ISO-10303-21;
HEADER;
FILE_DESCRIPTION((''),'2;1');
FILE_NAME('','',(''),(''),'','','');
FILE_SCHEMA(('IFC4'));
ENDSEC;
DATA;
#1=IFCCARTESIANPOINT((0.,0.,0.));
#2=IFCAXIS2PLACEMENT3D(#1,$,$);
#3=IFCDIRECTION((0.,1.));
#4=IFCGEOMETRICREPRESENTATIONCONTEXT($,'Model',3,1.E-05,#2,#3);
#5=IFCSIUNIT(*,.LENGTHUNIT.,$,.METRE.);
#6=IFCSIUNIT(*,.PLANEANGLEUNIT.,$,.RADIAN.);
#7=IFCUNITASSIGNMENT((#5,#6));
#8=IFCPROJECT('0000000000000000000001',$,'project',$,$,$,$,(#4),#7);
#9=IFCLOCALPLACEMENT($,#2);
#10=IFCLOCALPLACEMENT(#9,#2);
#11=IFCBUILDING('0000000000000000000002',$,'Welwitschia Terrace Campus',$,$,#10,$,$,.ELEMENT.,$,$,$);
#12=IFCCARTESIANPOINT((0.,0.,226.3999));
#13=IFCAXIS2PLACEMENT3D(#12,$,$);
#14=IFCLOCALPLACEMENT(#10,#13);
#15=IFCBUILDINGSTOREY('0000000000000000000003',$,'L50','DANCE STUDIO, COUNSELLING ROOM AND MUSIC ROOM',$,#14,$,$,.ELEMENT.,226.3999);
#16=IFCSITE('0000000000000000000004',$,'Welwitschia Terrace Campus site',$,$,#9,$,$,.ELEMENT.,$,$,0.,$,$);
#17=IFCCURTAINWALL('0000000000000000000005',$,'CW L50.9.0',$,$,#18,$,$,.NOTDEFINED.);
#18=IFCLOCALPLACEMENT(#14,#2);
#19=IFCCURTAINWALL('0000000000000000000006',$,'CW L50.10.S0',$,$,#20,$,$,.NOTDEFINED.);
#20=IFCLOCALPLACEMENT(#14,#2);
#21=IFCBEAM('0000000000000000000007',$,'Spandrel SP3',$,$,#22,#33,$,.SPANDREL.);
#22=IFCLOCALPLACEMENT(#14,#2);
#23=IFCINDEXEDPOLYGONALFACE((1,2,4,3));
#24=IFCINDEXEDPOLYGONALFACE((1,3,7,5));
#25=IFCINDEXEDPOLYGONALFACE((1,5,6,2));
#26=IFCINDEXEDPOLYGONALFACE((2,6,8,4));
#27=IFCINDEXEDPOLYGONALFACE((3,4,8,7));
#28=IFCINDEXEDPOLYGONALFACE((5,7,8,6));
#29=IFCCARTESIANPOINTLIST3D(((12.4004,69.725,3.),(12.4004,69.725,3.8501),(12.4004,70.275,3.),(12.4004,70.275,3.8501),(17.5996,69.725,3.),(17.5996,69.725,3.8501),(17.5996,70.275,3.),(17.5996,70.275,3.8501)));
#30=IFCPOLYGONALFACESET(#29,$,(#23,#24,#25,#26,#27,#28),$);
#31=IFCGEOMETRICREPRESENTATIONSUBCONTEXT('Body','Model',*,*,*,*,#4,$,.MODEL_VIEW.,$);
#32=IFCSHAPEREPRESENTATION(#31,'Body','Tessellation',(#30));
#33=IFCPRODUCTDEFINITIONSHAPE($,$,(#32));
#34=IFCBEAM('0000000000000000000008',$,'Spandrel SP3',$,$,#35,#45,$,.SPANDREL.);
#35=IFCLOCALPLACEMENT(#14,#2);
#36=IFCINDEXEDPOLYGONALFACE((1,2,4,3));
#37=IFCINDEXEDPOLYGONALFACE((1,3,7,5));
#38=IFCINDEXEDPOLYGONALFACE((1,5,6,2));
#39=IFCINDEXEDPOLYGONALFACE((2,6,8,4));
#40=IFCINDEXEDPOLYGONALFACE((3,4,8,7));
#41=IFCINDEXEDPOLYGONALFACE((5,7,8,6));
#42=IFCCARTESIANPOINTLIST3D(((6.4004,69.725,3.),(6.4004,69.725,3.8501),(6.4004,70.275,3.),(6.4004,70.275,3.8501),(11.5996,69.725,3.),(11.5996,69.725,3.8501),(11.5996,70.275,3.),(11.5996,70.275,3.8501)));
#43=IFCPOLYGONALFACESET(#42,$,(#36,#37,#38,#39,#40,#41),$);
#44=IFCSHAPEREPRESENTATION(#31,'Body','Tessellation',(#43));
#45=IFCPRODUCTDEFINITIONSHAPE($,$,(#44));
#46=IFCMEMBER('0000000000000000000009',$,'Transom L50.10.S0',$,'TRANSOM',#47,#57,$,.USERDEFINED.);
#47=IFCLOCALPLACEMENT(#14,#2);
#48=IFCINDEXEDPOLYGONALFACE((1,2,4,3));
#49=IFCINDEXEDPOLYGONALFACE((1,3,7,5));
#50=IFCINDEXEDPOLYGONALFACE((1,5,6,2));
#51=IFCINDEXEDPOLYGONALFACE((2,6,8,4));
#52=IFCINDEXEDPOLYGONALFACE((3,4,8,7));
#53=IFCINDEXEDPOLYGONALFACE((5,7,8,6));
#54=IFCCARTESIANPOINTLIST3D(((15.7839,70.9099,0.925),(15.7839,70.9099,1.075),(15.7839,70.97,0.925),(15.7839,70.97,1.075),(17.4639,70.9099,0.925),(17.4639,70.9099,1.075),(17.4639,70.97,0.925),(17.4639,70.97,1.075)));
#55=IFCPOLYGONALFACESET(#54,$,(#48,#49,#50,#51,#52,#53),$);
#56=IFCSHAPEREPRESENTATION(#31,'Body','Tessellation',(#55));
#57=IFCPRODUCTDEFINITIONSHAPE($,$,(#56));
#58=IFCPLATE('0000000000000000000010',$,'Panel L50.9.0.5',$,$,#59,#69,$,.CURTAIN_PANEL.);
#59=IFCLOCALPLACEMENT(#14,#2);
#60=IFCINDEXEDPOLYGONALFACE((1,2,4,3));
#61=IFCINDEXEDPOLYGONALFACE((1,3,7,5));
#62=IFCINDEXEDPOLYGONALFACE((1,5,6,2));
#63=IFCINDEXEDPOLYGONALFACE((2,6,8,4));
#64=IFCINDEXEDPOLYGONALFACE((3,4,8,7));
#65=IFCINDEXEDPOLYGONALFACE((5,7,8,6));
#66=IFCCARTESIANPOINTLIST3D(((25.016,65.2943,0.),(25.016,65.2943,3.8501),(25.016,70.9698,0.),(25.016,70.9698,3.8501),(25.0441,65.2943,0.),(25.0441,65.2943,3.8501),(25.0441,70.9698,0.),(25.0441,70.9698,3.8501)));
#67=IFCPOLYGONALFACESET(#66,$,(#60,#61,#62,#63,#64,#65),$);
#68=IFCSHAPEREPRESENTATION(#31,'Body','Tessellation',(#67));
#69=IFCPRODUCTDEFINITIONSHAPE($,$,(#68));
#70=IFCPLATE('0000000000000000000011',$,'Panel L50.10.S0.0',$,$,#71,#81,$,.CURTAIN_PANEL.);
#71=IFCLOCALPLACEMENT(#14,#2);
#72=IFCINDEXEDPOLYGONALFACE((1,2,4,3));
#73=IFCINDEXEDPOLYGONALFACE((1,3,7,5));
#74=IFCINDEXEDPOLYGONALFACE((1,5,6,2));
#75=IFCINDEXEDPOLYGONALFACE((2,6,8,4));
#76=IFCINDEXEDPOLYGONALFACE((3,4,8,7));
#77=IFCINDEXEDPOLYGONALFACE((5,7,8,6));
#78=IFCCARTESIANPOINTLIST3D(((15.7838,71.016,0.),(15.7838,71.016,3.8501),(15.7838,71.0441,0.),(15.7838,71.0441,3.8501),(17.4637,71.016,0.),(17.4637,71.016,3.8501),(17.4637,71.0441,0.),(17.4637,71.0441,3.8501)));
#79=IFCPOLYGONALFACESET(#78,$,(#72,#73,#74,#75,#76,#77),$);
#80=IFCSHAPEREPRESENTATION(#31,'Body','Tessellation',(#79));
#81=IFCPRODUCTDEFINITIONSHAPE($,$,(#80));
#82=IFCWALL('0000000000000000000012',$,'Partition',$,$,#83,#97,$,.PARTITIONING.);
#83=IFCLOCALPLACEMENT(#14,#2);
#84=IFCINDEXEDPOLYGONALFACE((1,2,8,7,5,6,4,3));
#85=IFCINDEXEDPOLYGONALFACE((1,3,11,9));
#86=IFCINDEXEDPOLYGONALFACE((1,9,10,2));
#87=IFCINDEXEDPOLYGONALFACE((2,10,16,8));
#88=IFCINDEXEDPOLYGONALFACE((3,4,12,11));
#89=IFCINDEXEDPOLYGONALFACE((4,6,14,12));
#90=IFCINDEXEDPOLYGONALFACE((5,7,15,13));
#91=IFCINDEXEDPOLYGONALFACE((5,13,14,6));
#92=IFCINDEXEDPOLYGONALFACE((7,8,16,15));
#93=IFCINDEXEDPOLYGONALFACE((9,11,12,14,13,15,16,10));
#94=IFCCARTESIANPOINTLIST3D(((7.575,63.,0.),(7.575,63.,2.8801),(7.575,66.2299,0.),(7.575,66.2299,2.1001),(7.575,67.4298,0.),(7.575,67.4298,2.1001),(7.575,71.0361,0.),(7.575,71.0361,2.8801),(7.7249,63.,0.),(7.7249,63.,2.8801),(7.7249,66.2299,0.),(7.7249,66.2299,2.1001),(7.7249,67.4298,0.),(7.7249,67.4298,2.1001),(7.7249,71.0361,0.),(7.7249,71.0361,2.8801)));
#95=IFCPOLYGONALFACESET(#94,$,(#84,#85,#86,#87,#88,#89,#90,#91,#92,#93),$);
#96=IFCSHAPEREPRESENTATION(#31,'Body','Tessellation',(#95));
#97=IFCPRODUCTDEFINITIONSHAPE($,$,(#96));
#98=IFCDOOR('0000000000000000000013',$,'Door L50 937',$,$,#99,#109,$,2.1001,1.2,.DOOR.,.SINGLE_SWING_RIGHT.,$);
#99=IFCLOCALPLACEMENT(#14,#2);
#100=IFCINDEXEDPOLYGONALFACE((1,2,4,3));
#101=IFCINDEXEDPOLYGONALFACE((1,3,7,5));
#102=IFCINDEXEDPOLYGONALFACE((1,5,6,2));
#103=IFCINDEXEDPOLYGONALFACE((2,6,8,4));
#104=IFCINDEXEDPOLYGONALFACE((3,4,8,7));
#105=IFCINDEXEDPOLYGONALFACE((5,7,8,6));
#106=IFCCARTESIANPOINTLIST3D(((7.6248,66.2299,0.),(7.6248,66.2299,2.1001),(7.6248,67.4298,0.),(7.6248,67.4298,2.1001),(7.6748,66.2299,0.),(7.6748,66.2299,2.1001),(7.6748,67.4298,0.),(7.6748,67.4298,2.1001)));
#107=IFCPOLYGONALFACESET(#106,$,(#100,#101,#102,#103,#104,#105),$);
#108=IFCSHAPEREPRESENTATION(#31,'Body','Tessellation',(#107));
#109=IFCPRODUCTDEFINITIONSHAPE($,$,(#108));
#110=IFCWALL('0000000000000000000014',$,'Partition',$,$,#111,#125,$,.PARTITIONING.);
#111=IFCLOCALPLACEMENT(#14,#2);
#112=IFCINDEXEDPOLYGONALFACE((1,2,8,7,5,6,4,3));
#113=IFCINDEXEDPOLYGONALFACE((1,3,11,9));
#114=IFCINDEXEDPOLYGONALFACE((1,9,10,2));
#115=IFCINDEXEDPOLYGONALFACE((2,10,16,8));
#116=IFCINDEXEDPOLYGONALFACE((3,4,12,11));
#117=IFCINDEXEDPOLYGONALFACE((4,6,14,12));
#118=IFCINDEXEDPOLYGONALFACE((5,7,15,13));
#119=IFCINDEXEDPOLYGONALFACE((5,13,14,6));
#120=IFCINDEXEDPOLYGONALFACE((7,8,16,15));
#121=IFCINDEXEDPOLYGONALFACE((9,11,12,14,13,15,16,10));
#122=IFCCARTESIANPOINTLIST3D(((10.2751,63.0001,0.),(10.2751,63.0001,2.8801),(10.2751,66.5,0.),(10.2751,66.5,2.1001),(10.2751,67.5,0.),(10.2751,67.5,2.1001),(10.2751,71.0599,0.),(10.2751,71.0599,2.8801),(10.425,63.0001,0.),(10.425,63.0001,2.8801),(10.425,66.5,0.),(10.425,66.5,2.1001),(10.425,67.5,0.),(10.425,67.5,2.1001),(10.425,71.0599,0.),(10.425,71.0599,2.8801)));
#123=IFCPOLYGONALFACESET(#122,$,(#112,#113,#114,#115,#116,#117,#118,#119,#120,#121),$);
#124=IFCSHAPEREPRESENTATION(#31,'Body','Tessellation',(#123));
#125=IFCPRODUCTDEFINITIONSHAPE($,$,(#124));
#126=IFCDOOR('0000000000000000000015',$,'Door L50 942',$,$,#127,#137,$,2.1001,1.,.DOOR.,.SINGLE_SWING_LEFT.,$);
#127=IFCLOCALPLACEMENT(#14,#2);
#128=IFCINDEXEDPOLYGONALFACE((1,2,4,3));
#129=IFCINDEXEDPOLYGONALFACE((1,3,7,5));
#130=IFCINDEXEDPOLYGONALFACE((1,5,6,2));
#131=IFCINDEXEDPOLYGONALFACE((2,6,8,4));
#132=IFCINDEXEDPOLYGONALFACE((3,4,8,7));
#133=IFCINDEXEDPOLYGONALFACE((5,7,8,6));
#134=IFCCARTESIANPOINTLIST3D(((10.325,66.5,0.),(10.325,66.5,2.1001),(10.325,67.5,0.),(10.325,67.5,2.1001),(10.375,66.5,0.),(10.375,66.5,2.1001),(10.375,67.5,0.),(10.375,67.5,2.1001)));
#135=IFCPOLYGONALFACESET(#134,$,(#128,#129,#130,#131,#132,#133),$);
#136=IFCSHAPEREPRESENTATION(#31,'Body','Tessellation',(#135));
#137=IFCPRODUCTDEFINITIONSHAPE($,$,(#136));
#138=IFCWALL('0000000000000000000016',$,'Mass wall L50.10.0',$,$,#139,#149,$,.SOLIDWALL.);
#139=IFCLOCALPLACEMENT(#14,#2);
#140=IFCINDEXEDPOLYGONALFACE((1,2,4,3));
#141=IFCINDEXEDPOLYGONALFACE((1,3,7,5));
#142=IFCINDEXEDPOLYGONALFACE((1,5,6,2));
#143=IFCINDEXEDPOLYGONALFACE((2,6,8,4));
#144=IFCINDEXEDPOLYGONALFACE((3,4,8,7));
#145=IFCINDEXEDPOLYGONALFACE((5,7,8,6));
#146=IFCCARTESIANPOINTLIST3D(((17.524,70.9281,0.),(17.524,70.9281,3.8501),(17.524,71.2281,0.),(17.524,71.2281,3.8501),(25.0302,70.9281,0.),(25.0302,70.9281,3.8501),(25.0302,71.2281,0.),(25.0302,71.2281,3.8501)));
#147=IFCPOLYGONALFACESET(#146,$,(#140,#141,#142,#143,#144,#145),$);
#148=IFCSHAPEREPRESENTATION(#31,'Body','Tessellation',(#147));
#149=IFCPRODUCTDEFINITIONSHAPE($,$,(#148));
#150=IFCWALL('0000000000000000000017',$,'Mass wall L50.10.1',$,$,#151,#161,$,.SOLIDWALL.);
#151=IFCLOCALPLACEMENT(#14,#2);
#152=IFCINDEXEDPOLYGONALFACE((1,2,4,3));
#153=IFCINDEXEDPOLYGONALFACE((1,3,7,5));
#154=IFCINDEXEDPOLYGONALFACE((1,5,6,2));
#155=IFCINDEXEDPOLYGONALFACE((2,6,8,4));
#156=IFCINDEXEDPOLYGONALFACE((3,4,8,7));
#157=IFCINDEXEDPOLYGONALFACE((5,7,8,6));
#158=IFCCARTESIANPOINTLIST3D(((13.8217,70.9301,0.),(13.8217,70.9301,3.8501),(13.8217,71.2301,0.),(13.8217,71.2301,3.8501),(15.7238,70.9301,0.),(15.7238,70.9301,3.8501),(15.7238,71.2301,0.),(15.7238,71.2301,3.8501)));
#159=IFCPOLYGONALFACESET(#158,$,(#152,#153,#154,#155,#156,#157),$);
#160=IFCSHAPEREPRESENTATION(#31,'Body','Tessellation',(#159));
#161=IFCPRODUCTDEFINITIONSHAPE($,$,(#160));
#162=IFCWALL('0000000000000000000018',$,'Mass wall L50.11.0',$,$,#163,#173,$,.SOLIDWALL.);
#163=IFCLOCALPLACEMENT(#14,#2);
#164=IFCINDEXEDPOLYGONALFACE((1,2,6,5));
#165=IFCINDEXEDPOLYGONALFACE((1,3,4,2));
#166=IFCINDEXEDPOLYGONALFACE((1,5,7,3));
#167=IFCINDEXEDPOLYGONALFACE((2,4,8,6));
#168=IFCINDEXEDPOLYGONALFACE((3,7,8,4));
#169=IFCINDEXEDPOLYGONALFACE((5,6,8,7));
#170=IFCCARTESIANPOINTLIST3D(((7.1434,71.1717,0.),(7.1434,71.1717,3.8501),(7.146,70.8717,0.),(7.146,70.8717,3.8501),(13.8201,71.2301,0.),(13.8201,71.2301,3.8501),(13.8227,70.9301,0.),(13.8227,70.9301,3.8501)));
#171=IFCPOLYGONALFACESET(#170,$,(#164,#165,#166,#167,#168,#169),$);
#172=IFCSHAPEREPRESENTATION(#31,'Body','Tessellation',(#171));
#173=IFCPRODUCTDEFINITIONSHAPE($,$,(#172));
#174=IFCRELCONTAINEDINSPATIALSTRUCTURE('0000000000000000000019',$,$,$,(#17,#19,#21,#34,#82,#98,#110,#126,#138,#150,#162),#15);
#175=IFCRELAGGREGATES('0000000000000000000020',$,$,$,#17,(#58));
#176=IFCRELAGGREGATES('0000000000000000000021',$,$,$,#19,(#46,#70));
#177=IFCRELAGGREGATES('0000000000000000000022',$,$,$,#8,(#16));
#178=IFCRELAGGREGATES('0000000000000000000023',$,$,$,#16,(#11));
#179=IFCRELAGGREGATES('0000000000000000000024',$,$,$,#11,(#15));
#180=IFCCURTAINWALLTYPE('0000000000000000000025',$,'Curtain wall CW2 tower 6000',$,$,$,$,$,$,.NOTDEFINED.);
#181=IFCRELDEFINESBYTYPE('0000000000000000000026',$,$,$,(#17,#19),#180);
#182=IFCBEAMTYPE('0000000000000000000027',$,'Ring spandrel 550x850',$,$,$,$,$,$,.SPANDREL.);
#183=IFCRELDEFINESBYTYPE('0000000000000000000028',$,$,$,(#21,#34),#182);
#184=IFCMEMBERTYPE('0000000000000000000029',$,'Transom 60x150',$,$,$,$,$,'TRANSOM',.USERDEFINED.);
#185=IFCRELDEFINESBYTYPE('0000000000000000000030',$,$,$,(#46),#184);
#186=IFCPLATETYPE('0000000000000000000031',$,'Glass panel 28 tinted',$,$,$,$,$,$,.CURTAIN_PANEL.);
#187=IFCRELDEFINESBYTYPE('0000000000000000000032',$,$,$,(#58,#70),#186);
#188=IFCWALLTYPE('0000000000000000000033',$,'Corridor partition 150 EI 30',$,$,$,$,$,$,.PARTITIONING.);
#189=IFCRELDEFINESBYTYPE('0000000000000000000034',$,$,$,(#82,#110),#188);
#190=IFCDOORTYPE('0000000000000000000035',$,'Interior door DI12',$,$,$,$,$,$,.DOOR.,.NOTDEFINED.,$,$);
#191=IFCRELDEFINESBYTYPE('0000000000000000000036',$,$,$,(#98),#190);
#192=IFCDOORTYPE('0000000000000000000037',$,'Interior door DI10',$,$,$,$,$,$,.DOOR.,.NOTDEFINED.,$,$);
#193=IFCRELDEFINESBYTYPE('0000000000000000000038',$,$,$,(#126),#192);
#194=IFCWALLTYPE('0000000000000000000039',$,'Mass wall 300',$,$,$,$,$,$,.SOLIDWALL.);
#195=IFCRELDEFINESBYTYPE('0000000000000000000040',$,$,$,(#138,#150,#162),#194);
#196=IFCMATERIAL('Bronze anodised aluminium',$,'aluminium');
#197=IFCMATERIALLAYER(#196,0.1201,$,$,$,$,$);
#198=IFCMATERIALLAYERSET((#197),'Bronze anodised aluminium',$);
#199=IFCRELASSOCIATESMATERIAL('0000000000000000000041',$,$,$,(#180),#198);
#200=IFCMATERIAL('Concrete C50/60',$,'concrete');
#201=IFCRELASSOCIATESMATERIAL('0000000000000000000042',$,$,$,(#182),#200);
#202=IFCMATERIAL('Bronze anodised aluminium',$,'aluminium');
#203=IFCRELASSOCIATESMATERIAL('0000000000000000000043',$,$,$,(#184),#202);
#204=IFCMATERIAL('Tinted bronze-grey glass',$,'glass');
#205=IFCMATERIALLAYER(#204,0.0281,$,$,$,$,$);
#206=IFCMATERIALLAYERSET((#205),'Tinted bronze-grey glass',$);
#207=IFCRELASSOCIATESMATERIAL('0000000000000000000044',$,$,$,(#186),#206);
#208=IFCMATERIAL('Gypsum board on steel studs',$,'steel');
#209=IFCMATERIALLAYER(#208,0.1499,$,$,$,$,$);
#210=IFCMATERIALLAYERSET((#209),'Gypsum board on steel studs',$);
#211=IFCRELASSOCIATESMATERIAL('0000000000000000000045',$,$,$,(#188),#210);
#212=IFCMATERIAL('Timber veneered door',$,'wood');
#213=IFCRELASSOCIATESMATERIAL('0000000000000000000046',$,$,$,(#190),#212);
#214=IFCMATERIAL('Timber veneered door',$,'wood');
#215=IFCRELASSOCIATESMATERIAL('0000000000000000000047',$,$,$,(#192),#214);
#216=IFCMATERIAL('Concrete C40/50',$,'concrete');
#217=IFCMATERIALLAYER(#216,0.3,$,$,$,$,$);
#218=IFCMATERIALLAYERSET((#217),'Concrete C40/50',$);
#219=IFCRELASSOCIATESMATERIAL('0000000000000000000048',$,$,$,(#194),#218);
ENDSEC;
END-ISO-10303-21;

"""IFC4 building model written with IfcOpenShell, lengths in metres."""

from ifc_helpers import new_model, si_unit, direction, frame, frame_2d, origin, origin_2d, place, context, subcontext, project, spatial, rectangle, extrude, material, layer, layer_set, material_profile, profile_set, type_object, element, fill, aggregate, save


model = new_model("IFC4")

# Units and contexts
model_context = context("Model", 3, precision=1e-05, world=origin(), true_north=direction((0.0, 1.0)))
body_context = subcontext(model_context, "Body", "Model", "MODEL_VIEW")
ifc_project = project(units=[si_unit("LENGTHUNIT", "METRE"), si_unit("PLANEANGLEUNIT", "RADIAN")], contexts=[model_context])

# Site, building, storey
site_placement = place(None, origin())
site = spatial("IfcSite", under=ifc_project, at=site_placement, Name="Welwitschia Terrace Campus site", CompositionType="ELEMENT", RefElevation=0.0)
building_placement = place(site_placement, origin())
building = spatial("IfcBuilding", under=site, at=building_placement, Name="Welwitschia Terrace Campus", CompositionType="ELEMENT")
storey_placement = place(building_placement, frame((0.0, 0.0, 226.3999)))
storey = spatial("IfcBuildingStorey", under=building, at=storey_placement, Name="L50", Description="DANCE STUDIO, COUNSELLING ROOM AND MUSIC ROOM", CompositionType="ELEMENT", Elevation=226.3999)

# Curtain walls
ifc_material_1 = material(Name="Bronze anodised aluminium", Category="aluminium")
ifc_layer_1 = layer(ifc_material_1, 0.1201)
ifc_layer_set_1 = layer_set([ifc_layer_1], Name="Bronze anodised aluminium")
curtain_wall_type = type_object("IfcCurtainWallType", Name="Curtain wall CW2 tower 6000", PredefinedType="NOTDEFINED", material=ifc_layer_set_1)
curtain_wall_1_placement = place(storey_placement, origin())
curtain_wall_1 = element("IfcCurtainWall", 1, at=curtain_wall_1_placement, inside=storey, type_object=curtain_wall_type, Name="CW L50.9.0", PredefinedType="NOTDEFINED")
curtain_wall_2_placement = place(storey_placement, origin())
curtain_wall_2 = element("IfcCurtainWall", 2, at=curtain_wall_2_placement, inside=storey, type_object=curtain_wall_type, Name="CW L50.10.S0", PredefinedType="NOTDEFINED")

# Beams
ifc_material_2 = material(Name="Concrete C50/60", Category="concrete")
ifc_material_profile_1 = material_profile(ifc_material_2, rectangle(XDim=0.55, YDim=0.8501, at=origin_2d()))
ifc_profile_set_1 = profile_set([ifc_material_profile_1], Name="Concrete C50/60")
beam_type_1 = type_object("IfcBeamType", Name="Ring spandrel 550x850", PredefinedType="SPANDREL", material=ifc_profile_set_1)
for number, where, z_axis, x_axis, name in (
    (3, (17.5996, 70.0, 3.425), (-1.0, 0.0, 0.0), (0.0, -1.0, 0.0), "Spandrel SP3"),
    (4, (11.5996, 70.0, 3.425), (-1.0, 0.0, 0.0), (0.0, -1.0, 0.0), "Spandrel SP3"),
):
    element("IfcBeam", number, at=place(storey_placement, frame(where, z_axis=z_axis, x_axis=x_axis)), inside=storey, type_object=beam_type_1, Name=name, PredefinedType="SPANDREL", context=body_context, shape_type="SweptSolid", body=[
        extrude(rectangle(XDim=0.55, YDim=0.8501, at=origin_2d()), origin(), (0.0, 0.0, 1.0), 5.1992),
    ])

# Member
ifc_material_3 = material(Name="Bronze anodised aluminium", Category="aluminium")
ifc_material_profile_2 = material_profile(ifc_material_3, rectangle(XDim=0.0601, YDim=0.1499, at=origin_2d()))
ifc_profile_set_2 = profile_set([ifc_material_profile_2], Name="Bronze anodised aluminium")
member_type_1 = type_object("IfcMemberType", Name="Transom 60x150", ElementType="TRANSOM", PredefinedType="USERDEFINED", material=ifc_profile_set_2)
member_1_placement = place(storey_placement, frame((17.4639, 70.9399, 1.0), z_axis=(-1.0, 0.0, 0.0), x_axis=(0.0, -1.0, 0.0)))
member_1 = element("IfcMember", 5, at=member_1_placement, type_object=member_type_1, Name="Transom L50.10.S0", ObjectType="TRANSOM", PredefinedType="USERDEFINED", context=body_context, shape_type="SweptSolid", body=[
    extrude(rectangle(XDim=0.0601, YDim=0.1499, at=origin_2d()), origin(), (0.0, 0.0, 1.0), 1.6799),
])

# Plates
ifc_material_4 = material(Name="Tinted bronze-grey glass", Category="glass")
ifc_layer_2 = layer(ifc_material_4, 0.0281)
ifc_layer_set_2 = layer_set([ifc_layer_2], Name="Tinted bronze-grey glass")
plate_type = type_object("IfcPlateType", Name="Glass panel 28 tinted", PredefinedType="CURTAIN_PANEL", material=ifc_layer_set_2)
plate_1_placement = place(storey_placement, frame((25.03, 68.1321, 0.0), z_axis=(0.0, 0.0, 1.0), x_axis=(0.0, 1.0, 0.0)))
plate_1 = element("IfcPlate", 6, at=plate_1_placement, type_object=plate_type, Name="Panel L50.9.0.5", PredefinedType="CURTAIN_PANEL", context=body_context, shape_type="SweptSolid", body=[
    extrude(rectangle(XDim=5.6755, YDim=0.0281, at=origin_2d()), origin(), (0.0, 0.0, 1.0), 3.8501),
])
aggregate(curtain_wall_1, [plate_1])
plate_2_placement = place(storey_placement, frame((16.6238, 71.03, 0.0), z_axis=(0.0, 0.0, 1.0), x_axis=(-1.0, 0.0, 0.0)))
plate_2 = element("IfcPlate", 7, at=plate_2_placement, type_object=plate_type, Name="Panel L50.10.S0.0", PredefinedType="CURTAIN_PANEL", context=body_context, shape_type="SweptSolid", body=[
    extrude(rectangle(XDim=1.6799, YDim=0.0281, at=origin_2d()), origin(), (0.0, 0.0, 1.0), 3.8501),
])
aggregate(curtain_wall_2, [member_1, plate_2])

# Walls, openings, doors
ifc_material_5 = material(Name="Gypsum board on steel studs", Category="steel")
ifc_layer_3 = layer(ifc_material_5, 0.1499)
ifc_layer_set_3 = layer_set([ifc_layer_3], Name="Gypsum board on steel studs")
wall_type_1 = type_object("IfcWallType", Name="Corridor partition 150 EI 30", PredefinedType="PARTITIONING", material=ifc_layer_set_3)
wall_1_placement = place(storey_placement, frame((7.6499, 71.0361, 0.0), z_axis=(0.0, 0.0, 1.0), x_axis=(0.0, -1.0, 0.0)))
wall_1 = element("IfcWall", 8, at=wall_1_placement, inside=storey, type_object=wall_type_1, Name="Partition", PredefinedType="PARTITIONING", context=body_context, shape_type="SweptSolid", body=[
    extrude(rectangle(XDim=8.0361, YDim=0.1499, at=frame_2d((4.0181, 0.0))), origin(), (0.0, 0.0, 1.0), 2.8801),
])
opening_1_placement = place(wall_1_placement, frame((3.6062, 0.0, 0.0)))
opening_1 = element("IfcOpeningElement", 9, at=opening_1_placement, cuts=wall_1, PredefinedType="OPENING", context=body_context, shape_type="SweptSolid", body=[
    extrude(rectangle(XDim=1.2, YDim=2.1001, at=frame_2d((0.6001, 1.05))), frame((0.0, 0.085, 0.0), z_axis=(0.0, -1.0, 0.0), x_axis=(1.0, 0.0, 0.0)), (0.0, 0.0, 1.0), 0.1699),
])
ifc_material_6 = material(Name="Timber veneered door", Category="wood")
door_type_1 = type_object("IfcDoorType", Name="Interior door DI12", OperationType="NOTDEFINED", PredefinedType="DOOR", material=ifc_material_6)
door_1_placement = place(opening_1_placement, origin())
door_1 = element("IfcDoor", 10, at=door_1_placement, inside=storey, type_object=door_type_1, Name="Door L50 937", OperationType="SINGLE_SWING_RIGHT", OverallHeight=2.1001, OverallWidth=1.2, PredefinedType="DOOR", context=body_context, shape_type="SweptSolid", body=[
    extrude(rectangle(XDim=1.2, YDim=2.1001, at=frame_2d((0.6001, 1.05))), frame((0.0, 0.0249, 0.0), z_axis=(0.0, -1.0, 0.0), x_axis=(1.0, 0.0, 0.0)), (0.0, 0.0, 1.0), 0.05),
])
fill(opening_1, door_1)
wall_2_placement = place(storey_placement, frame((10.3501, 71.0598, 0.0), z_axis=(0.0, 0.0, 1.0), x_axis=(0.0, -1.0, 0.0)))
wall_2 = element("IfcWall", 11, at=wall_2_placement, inside=storey, type_object=wall_type_1, Name="Partition", PredefinedType="PARTITIONING", context=body_context, shape_type="SweptSolid", body=[
    extrude(rectangle(XDim=8.0598, YDim=0.1499, at=frame_2d((4.0298, 0.0))), origin(), (0.0, 0.0, 1.0), 2.8801),
])
opening_2_placement = place(wall_2_placement, frame((3.5598, 0.0, 0.0)))
opening_2 = element("IfcOpeningElement", 12, at=opening_2_placement, cuts=wall_2, PredefinedType="OPENING", context=body_context, shape_type="SweptSolid", body=[
    extrude(rectangle(XDim=1.0, YDim=2.1001, at=frame_2d((0.5, 1.05))), frame((0.0, 0.085, 0.0), z_axis=(0.0, -1.0, 0.0), x_axis=(1.0, 0.0, 0.0)), (0.0, 0.0, 1.0), 0.1699),
])
ifc_material_7 = material(Name="Timber veneered door", Category="wood")
door_type_2 = type_object("IfcDoorType", Name="Interior door DI10", OperationType="NOTDEFINED", PredefinedType="DOOR", material=ifc_material_7)
door_2_placement = place(opening_2_placement, origin())
door_2 = element("IfcDoor", 13, at=door_2_placement, inside=storey, type_object=door_type_2, Name="Door L50 942", OperationType="SINGLE_SWING_LEFT", OverallHeight=2.1001, OverallWidth=1.0, PredefinedType="DOOR", context=body_context, shape_type="SweptSolid", body=[
    extrude(rectangle(XDim=1.0, YDim=2.1001, at=frame_2d((0.5, 1.05))), frame((0.0, 0.0249, 0.0), z_axis=(0.0, -1.0, 0.0), x_axis=(1.0, 0.0, 0.0)), (0.0, 0.0, 1.0), 0.05),
])
fill(opening_2, door_2)

# Walls
ifc_material_8 = material(Name="Concrete C40/50", Category="concrete")
ifc_layer_4 = layer(ifc_material_8, 0.3)
ifc_layer_set_4 = layer_set([ifc_layer_4], Name="Concrete C40/50")
wall_type_2 = type_object("IfcWallType", Name="Mass wall 300", PredefinedType="SOLIDWALL", material=ifc_layer_set_4)
wall_3_placement = place(storey_placement, frame((25.03, 71.0781, 0.0), z_axis=(0.0, 0.0, 1.0), x_axis=(-1.0, 0.0, 0.0)))
element("IfcWall", 14, at=wall_3_placement, inside=storey, type_object=wall_type_2, Name="Mass wall L50.10.0", PredefinedType="SOLIDWALL", context=body_context, shape_type="SweptSolid", body=[
    extrude(rectangle(XDim=7.5061, YDim=0.3, at=frame_2d((3.7529, 0.0))), origin(), (0.0, 0.0, 1.0), 3.8501),
])
wall_4_placement = place(storey_placement, frame((15.7239, 71.0801, 0.0), z_axis=(0.0, 0.0, 1.0), x_axis=(-1.0, 0.0, 0.0)))
element("IfcWall", 15, at=wall_4_placement, inside=storey, type_object=wall_type_2, Name="Mass wall L50.10.1", PredefinedType="SOLIDWALL", context=body_context, shape_type="SweptSolid", body=[
    extrude(rectangle(XDim=1.9021, YDim=0.3, at=frame_2d((0.9512, 0.0))), origin(), (0.0, 0.0, 1.0), 3.8501),
])
wall_5_placement = place(storey_placement, frame((13.8213, 71.0801, 0.0), z_axis=(0.0, 0.0, 1.0), x_axis=(-0.999962, -0.008739, 0.0)))
element("IfcWall", 16, at=wall_5_placement, inside=storey, type_object=wall_type_2, Name="Mass wall L50.11.0", PredefinedType="SOLIDWALL", context=body_context, shape_type="SweptSolid", body=[
    extrude(rectangle(XDim=6.677, YDim=0.3, at=frame_2d((3.3384, 0.0))), origin(), (0.0, 0.0, 1.0), 3.8501),
])

save(model, "model.ifc")
